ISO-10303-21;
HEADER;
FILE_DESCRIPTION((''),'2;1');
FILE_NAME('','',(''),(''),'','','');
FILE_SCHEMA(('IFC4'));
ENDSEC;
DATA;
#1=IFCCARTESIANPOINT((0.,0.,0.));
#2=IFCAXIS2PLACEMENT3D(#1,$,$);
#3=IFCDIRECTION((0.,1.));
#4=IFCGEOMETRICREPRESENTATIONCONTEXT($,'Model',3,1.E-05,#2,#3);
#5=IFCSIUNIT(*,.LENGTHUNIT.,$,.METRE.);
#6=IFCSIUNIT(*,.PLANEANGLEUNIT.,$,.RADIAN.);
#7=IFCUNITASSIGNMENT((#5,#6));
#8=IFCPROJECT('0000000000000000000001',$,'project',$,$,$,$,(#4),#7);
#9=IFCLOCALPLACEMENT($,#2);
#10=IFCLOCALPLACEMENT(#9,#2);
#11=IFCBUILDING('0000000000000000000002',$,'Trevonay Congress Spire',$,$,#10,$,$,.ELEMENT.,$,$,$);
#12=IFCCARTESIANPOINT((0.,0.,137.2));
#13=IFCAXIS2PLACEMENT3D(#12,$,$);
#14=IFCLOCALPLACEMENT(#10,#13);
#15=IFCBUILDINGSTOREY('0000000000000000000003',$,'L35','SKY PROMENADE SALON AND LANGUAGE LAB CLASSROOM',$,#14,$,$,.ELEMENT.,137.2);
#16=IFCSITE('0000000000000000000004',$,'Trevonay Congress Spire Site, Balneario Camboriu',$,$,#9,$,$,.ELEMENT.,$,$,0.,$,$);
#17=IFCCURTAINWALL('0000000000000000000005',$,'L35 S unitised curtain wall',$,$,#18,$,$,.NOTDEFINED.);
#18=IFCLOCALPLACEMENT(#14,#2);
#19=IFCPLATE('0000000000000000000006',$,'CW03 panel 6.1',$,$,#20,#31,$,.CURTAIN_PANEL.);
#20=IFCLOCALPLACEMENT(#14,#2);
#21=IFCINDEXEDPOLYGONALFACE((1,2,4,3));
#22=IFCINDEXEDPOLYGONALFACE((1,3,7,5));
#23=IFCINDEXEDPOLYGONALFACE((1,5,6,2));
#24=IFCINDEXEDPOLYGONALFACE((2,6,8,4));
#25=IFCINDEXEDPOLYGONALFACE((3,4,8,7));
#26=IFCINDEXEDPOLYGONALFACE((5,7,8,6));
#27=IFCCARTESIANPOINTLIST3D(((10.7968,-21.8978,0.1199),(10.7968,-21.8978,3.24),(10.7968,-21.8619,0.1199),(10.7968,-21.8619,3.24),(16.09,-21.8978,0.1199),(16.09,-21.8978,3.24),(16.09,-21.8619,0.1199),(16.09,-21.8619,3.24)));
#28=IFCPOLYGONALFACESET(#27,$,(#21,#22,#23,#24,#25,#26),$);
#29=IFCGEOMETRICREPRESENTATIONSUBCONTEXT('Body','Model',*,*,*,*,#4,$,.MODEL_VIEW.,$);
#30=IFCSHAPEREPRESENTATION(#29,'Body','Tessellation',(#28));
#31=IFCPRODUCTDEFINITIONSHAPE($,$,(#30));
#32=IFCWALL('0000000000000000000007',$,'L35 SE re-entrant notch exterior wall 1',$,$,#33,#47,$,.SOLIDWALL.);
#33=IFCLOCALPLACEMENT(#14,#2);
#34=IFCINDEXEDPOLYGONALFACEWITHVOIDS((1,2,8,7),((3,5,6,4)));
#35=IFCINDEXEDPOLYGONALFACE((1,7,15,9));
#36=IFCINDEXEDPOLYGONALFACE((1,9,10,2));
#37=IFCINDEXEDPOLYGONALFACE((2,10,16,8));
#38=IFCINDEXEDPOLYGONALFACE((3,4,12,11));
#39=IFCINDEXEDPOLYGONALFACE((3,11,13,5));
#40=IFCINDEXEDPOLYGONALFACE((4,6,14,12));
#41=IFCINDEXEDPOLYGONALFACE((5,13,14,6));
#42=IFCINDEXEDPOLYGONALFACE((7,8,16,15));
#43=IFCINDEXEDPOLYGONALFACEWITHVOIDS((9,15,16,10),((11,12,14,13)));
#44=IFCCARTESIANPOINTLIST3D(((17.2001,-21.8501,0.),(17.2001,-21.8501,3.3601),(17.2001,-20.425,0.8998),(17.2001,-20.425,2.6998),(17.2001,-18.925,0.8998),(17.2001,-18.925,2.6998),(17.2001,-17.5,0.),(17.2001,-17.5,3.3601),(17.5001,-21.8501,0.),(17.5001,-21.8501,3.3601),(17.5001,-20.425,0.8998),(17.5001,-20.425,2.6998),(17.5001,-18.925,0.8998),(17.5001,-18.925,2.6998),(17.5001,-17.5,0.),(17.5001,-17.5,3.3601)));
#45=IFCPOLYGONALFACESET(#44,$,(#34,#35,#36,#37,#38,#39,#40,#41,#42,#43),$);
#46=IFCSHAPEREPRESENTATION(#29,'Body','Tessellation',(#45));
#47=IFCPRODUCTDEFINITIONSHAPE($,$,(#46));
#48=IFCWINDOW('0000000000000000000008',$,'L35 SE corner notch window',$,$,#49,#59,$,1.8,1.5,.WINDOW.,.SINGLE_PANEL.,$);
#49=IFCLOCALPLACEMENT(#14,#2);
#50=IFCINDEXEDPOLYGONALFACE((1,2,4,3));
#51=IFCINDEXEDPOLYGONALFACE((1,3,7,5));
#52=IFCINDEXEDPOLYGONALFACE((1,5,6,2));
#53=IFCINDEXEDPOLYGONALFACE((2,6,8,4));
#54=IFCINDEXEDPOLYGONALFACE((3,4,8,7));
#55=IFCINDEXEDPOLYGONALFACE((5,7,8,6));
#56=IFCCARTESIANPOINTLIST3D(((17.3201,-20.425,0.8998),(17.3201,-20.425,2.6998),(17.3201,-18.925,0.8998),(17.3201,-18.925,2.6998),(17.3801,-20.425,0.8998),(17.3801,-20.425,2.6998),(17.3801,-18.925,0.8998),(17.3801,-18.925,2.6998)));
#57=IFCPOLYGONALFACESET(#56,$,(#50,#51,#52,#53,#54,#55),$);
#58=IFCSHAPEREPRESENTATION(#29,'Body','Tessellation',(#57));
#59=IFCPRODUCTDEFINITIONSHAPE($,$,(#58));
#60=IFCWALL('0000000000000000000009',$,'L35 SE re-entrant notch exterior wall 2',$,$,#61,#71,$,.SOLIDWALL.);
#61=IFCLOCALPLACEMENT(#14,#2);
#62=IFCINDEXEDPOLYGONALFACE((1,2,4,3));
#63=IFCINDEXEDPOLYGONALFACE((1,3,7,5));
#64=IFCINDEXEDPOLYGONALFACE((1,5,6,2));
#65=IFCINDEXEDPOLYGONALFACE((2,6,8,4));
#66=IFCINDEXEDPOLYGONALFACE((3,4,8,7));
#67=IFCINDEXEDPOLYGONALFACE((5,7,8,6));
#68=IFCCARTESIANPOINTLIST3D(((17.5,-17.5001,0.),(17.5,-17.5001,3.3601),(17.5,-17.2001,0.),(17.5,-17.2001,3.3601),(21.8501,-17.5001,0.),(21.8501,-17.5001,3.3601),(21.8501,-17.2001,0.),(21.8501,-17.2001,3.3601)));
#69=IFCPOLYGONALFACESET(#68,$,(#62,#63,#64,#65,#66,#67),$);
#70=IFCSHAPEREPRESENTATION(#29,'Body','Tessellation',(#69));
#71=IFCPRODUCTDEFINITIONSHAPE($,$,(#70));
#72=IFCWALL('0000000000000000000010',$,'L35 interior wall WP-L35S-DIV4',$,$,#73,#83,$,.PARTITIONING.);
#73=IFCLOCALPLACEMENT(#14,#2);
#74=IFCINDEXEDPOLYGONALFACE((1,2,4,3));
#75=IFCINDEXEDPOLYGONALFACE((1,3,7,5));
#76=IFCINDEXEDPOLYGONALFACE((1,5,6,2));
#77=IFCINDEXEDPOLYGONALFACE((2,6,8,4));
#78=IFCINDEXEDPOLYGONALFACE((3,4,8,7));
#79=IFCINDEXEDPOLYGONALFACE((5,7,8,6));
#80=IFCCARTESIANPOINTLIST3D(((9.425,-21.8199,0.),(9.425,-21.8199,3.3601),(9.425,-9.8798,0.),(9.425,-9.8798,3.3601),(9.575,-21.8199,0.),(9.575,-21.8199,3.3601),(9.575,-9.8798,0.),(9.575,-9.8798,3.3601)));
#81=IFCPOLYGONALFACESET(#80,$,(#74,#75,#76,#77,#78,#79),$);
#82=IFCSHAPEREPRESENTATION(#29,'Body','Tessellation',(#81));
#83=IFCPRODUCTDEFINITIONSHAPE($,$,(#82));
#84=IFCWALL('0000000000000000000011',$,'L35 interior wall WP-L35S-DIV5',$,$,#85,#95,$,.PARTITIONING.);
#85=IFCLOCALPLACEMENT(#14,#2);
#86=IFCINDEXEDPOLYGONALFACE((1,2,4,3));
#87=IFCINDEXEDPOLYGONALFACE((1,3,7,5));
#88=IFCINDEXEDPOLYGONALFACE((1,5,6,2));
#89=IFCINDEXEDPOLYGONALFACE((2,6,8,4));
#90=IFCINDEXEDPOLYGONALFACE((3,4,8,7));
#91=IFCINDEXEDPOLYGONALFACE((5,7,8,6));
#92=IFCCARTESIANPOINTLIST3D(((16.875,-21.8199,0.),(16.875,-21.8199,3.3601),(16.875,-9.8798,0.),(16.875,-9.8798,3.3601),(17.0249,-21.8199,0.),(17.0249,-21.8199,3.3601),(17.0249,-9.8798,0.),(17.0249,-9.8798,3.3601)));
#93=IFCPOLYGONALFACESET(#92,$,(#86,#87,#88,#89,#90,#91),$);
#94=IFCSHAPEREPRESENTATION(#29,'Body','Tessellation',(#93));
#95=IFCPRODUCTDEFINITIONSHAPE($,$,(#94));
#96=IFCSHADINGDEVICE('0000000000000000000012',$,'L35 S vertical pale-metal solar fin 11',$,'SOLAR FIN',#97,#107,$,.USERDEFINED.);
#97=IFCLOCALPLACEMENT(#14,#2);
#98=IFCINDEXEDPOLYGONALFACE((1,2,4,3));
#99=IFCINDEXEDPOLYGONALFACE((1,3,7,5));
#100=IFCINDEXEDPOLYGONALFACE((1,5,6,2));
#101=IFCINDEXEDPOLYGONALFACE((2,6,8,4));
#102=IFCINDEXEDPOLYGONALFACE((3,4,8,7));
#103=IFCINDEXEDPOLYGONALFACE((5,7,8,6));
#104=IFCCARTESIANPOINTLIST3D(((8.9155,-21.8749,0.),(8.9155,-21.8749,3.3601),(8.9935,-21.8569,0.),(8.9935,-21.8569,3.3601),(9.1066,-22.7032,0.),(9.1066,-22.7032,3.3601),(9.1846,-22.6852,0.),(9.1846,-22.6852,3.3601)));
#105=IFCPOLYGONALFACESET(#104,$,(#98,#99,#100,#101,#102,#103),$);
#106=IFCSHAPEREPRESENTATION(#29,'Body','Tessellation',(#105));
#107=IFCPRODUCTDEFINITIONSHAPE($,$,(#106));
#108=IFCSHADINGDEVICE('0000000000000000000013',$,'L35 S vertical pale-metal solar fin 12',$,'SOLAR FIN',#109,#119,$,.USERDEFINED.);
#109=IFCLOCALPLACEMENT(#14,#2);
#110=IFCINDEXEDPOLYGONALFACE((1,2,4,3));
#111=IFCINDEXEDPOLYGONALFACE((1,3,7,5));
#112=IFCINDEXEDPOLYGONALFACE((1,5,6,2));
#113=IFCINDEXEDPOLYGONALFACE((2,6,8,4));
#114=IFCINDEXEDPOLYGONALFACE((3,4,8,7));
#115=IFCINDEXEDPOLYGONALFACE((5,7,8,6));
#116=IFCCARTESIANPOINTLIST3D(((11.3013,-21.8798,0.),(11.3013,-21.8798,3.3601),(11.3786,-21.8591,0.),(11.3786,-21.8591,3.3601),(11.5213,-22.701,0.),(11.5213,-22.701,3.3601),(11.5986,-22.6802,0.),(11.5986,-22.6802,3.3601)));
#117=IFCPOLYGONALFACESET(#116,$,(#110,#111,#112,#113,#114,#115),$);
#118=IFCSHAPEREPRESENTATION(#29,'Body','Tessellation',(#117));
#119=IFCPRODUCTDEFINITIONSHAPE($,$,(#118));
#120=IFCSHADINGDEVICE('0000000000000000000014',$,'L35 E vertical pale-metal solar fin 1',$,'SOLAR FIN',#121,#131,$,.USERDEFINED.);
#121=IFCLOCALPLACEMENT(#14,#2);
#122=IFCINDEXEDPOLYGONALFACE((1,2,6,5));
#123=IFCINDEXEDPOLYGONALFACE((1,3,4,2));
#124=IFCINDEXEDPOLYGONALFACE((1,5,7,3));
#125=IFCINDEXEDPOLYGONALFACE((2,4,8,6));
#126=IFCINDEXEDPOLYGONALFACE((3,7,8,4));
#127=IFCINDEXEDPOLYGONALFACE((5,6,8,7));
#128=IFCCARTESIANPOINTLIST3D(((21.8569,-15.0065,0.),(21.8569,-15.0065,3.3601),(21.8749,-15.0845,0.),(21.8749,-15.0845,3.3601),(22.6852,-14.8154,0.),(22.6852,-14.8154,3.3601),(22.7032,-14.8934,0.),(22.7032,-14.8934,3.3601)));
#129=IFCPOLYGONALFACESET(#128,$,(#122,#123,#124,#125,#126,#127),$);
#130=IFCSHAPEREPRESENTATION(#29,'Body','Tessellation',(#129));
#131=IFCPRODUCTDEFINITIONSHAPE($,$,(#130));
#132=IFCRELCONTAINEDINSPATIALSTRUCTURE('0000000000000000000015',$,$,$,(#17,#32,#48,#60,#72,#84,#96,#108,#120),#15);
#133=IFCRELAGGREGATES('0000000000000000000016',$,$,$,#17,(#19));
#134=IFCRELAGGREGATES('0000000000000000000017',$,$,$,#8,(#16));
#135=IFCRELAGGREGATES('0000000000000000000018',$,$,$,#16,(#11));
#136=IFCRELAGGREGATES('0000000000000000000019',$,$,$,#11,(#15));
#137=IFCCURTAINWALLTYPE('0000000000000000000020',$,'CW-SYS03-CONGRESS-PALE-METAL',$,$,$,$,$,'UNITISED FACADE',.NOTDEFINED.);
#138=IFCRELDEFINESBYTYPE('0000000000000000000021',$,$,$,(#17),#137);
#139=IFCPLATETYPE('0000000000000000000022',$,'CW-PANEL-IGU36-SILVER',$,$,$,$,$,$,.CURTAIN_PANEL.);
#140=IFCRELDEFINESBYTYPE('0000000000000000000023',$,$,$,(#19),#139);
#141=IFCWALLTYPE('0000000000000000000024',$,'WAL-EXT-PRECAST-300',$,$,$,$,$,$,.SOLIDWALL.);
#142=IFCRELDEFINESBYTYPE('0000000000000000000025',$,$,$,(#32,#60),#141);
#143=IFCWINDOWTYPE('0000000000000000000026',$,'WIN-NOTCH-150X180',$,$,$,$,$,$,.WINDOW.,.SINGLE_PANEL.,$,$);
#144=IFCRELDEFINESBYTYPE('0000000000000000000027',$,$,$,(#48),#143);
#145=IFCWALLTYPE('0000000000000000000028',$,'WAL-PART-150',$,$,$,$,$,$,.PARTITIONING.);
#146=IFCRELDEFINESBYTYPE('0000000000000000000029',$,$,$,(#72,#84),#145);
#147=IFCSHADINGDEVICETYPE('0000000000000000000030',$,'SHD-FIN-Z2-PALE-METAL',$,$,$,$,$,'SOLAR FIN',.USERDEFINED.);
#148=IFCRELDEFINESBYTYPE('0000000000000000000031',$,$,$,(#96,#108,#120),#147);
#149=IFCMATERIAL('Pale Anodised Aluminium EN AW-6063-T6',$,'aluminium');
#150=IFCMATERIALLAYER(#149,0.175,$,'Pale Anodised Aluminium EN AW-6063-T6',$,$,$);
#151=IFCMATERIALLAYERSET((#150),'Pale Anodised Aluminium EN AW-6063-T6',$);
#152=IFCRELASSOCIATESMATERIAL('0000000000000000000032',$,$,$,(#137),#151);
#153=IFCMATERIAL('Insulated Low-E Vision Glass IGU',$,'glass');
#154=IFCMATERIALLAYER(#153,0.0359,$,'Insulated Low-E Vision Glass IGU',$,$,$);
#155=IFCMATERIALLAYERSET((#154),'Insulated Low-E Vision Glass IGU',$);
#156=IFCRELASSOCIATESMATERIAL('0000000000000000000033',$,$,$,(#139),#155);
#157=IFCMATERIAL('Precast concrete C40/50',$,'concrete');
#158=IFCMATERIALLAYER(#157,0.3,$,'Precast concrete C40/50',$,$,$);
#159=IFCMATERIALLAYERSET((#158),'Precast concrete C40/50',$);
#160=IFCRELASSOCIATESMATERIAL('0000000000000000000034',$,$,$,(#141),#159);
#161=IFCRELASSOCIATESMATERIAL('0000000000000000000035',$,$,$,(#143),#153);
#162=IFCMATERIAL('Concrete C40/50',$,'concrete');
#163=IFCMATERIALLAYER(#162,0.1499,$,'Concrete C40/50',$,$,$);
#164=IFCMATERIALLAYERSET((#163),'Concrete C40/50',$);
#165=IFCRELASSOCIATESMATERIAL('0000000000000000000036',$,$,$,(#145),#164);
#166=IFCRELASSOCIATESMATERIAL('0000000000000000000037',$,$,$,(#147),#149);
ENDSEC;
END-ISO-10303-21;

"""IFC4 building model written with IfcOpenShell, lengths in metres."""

from ifc_helpers import new_model, si_unit, direction, frame, frame_2d, origin, origin_2d, place, context, subcontext, project, spatial, rectangle, extrude, material, layer, layer_set, type_object, element, fill, aggregate, save


model = new_model("IFC4")

# Units and contexts
model_context = context("Model", 3, precision=1e-05, world=origin(), true_north=direction((0.0, 1.0)))
body_context = subcontext(model_context, "Body", "Model", "MODEL_VIEW")
ifc_project = project(units=[si_unit("LENGTHUNIT", "METRE"), si_unit("PLANEANGLEUNIT", "RADIAN")], contexts=[model_context])

# Site, building, storey
site_placement = place(None, origin())
site = spatial("IfcSite", under=ifc_project, at=site_placement, Name="Trevonay Congress Spire Site, Balneario Camboriu", CompositionType="ELEMENT", RefElevation=0.0)
building_placement = place(site_placement, origin())
building = spatial("IfcBuilding", under=site, at=building_placement, Name="Trevonay Congress Spire", CompositionType="ELEMENT")
storey_placement = place(building_placement, frame((0.0, 0.0, 137.2)))
storey = spatial("IfcBuildingStorey", under=building, at=storey_placement, Name="L35", Description="SKY PROMENADE SALON AND LANGUAGE LAB CLASSROOM", CompositionType="ELEMENT", Elevation=137.2)

# Curtain wall
ifc_material_1 = material(Name="Pale Anodised Aluminium EN AW-6063-T6", Category="aluminium")
ifc_layer_1 = layer(ifc_material_1, 0.175, Name="Pale Anodised Aluminium EN AW-6063-T6")
ifc_layer_set_1 = layer_set([ifc_layer_1], Name="Pale Anodised Aluminium EN AW-6063-T6")
curtain_wall_type = type_object("IfcCurtainWallType", Name="CW-SYS03-CONGRESS-PALE-METAL", ElementType="UNITISED FACADE", PredefinedType="NOTDEFINED", material=ifc_layer_set_1)
curtain_wall_1_placement = place(storey_placement, origin())
curtain_wall_1 = element("IfcCurtainWall", 1, at=curtain_wall_1_placement, inside=storey, type_object=curtain_wall_type, Name="L35 S unitised curtain wall", PredefinedType="NOTDEFINED")

# Plate
ifc_material_2 = material(Name="Insulated Low-E Vision Glass IGU", Category="glass")
ifc_layer_2 = layer(ifc_material_2, 0.0359, Name="Insulated Low-E Vision Glass IGU")
ifc_layer_set_2 = layer_set([ifc_layer_2], Name="Insulated Low-E Vision Glass IGU")
plate_type = type_object("IfcPlateType", Name="CW-PANEL-IGU36-SILVER", PredefinedType="CURTAIN_PANEL", material=ifc_layer_set_2)
plate_placement = place(storey_placement, frame((13.4434, -21.8799, 0.1199), z_axis=(0.0, 0.0, 1.0), x_axis=(1.0, 0.0, 0.0)))
plate = element("IfcPlate", 2, at=plate_placement, type_object=plate_type, Name="CW03 panel 6.1", PredefinedType="CURTAIN_PANEL", context=body_context, shape_type="SweptSolid", body=[
    extrude(rectangle(XDim=5.2932, YDim=0.0359, at=origin_2d()), origin(), (0.0, 0.0, 1.0), 3.1201),
])
aggregate(curtain_wall_1, [plate])

# Wall, opening, window
ifc_material_3 = material(Name="Precast concrete C40/50", Category="concrete")
ifc_layer_3 = layer(ifc_material_3, 0.3, Name="Precast concrete C40/50")
ifc_layer_set_3 = layer_set([ifc_layer_3], Name="Precast concrete C40/50")
wall_type_1 = type_object("IfcWallType", Name="WAL-EXT-PRECAST-300", PredefinedType="SOLIDWALL", material=ifc_layer_set_3)
wall_1_placement = place(storey_placement, frame((17.3501, -21.8501, 0.0), z_axis=(0.0, 0.0, 1.0), x_axis=(0.0, 1.0, 0.0)))
wall_1 = element("IfcWall", 3, at=wall_1_placement, inside=storey, type_object=wall_type_1, Name="L35 SE re-entrant notch exterior wall 1", PredefinedType="SOLIDWALL", context=body_context, shape_type="SweptSolid", body=[
    extrude(rectangle(XDim=4.3501, YDim=0.3, at=frame_2d((2.175, 0.0))), origin(), (0.0, 0.0, 1.0), 3.3601),
])
opening_placement = place(wall_1_placement, frame((1.425, 0.0, 0.8999)))
opening = element("IfcOpeningElement", 4, at=opening_placement, cuts=wall_1, PredefinedType="OPENING", context=body_context, shape_type="SweptSolid", body=[
    extrude(rectangle(XDim=1.5, YDim=1.8, at=frame_2d((0.75, 0.8999))), frame((0.0, 0.1602, 0.0), z_axis=(0.0, -1.0, 0.0), x_axis=(1.0, 0.0, 0.0)), (0.0, 0.0, 1.0), 0.3201),
])
window_type = type_object("IfcWindowType", Name="WIN-NOTCH-150X180", PartitioningType="SINGLE_PANEL", PredefinedType="WINDOW", material=ifc_material_2)
window_placement = place(opening_placement, origin())
window = element("IfcWindow", 5, at=window_placement, inside=storey, type_object=window_type, Name="L35 SE corner notch window", OverallHeight=1.8, OverallWidth=1.5, PartitioningType="SINGLE_PANEL", PredefinedType="WINDOW", context=body_context, shape_type="SweptSolid", body=[
    extrude(rectangle(XDim=1.5, YDim=1.8, at=frame_2d((0.75, 0.8999))), frame((0.0, 0.03, 0.0), z_axis=(0.0, -1.0, 0.0), x_axis=(1.0, 0.0, 0.0)), (0.0, 0.0, 1.0), 0.0601),
])
fill(opening, window)

# Walls
wall_2_placement = place(storey_placement, frame((21.8501, -17.3501, 0.0), z_axis=(0.0, 0.0, 1.0), x_axis=(-1.0, 0.0, 0.0)))
element("IfcWall", 6, at=wall_2_placement, inside=storey, type_object=wall_type_1, Name="L35 SE re-entrant notch exterior wall 2", PredefinedType="SOLIDWALL", context=body_context, shape_type="SweptSolid", body=[
    extrude(rectangle(XDim=4.3501, YDim=0.3, at=frame_2d((2.175, 0.0))), origin(), (0.0, 0.0, 1.0), 3.3601),
])
ifc_material_4 = material(Name="Concrete C40/50", Category="concrete")
ifc_layer_4 = layer(ifc_material_4, 0.1499, Name="Concrete C40/50")
ifc_layer_set_4 = layer_set([ifc_layer_4], Name="Concrete C40/50")
wall_type_2 = type_object("IfcWallType", Name="WAL-PART-150", PredefinedType="PARTITIONING", material=ifc_layer_set_4)
for number, where, z_axis, x_axis, name in (
    (7, (9.5, -21.8201, 0.0), (0.0, 0.0, 1.0), (0.0, 1.0, 0.0), "L35 interior wall WP-L35S-DIV4"),
    (8, (16.95, -21.8201, 0.0), (0.0, 0.0, 1.0), (0.0, 1.0, 0.0), "L35 interior wall WP-L35S-DIV5"),
):
    element("IfcWall", number, at=place(storey_placement, frame(where, z_axis=z_axis, x_axis=x_axis)), inside=storey, type_object=wall_type_2, Name=name, PredefinedType="PARTITIONING", context=body_context, shape_type="SweptSolid", body=[
        extrude(rectangle(XDim=11.9402, YDim=0.1499, at=frame_2d((5.9702, 0.0))), origin(), (0.0, 0.0, 1.0), 3.3601),
    ])

# Shading devices
shading_device_type = type_object("IfcShadingDeviceType", Name="SHD-FIN-Z2-PALE-METAL", ElementType="SOLAR FIN", PredefinedType="USERDEFINED", material=ifc_material_1)
for number, where, z_axis, x_axis, name in (
    (9, (9.05, -22.28, 0.0), (0.0, 0.0, 1.0), (0.974409, 0.224781, 0.0), "L35 S vertical pale-metal solar fin 11"),
    (10, (11.45, -22.28, 0.0), (0.0, 0.0, 1.0), (0.965926, 0.258819, 0.0), "L35 S vertical pale-metal solar fin 12"),
    (11, (22.28, -14.95, 0.0), (0.0, 0.0, 1.0), (-0.224781, 0.974409, 0.0), "L35 E vertical pale-metal solar fin 1"),
):
    element("IfcShadingDevice", number, at=place(storey_placement, frame(where, z_axis=z_axis, x_axis=x_axis)), inside=storey, type_object=shading_device_type, Name=name, ObjectType="SOLAR FIN", PredefinedType="USERDEFINED", context=body_context, shape_type="SweptSolid", body=[
        extrude(rectangle(XDim=0.0801, YDim=0.8501, at=origin_2d()), origin(), (0.0, 0.0, 1.0), 3.3601),
    ])

save(model, "model.ifc")
